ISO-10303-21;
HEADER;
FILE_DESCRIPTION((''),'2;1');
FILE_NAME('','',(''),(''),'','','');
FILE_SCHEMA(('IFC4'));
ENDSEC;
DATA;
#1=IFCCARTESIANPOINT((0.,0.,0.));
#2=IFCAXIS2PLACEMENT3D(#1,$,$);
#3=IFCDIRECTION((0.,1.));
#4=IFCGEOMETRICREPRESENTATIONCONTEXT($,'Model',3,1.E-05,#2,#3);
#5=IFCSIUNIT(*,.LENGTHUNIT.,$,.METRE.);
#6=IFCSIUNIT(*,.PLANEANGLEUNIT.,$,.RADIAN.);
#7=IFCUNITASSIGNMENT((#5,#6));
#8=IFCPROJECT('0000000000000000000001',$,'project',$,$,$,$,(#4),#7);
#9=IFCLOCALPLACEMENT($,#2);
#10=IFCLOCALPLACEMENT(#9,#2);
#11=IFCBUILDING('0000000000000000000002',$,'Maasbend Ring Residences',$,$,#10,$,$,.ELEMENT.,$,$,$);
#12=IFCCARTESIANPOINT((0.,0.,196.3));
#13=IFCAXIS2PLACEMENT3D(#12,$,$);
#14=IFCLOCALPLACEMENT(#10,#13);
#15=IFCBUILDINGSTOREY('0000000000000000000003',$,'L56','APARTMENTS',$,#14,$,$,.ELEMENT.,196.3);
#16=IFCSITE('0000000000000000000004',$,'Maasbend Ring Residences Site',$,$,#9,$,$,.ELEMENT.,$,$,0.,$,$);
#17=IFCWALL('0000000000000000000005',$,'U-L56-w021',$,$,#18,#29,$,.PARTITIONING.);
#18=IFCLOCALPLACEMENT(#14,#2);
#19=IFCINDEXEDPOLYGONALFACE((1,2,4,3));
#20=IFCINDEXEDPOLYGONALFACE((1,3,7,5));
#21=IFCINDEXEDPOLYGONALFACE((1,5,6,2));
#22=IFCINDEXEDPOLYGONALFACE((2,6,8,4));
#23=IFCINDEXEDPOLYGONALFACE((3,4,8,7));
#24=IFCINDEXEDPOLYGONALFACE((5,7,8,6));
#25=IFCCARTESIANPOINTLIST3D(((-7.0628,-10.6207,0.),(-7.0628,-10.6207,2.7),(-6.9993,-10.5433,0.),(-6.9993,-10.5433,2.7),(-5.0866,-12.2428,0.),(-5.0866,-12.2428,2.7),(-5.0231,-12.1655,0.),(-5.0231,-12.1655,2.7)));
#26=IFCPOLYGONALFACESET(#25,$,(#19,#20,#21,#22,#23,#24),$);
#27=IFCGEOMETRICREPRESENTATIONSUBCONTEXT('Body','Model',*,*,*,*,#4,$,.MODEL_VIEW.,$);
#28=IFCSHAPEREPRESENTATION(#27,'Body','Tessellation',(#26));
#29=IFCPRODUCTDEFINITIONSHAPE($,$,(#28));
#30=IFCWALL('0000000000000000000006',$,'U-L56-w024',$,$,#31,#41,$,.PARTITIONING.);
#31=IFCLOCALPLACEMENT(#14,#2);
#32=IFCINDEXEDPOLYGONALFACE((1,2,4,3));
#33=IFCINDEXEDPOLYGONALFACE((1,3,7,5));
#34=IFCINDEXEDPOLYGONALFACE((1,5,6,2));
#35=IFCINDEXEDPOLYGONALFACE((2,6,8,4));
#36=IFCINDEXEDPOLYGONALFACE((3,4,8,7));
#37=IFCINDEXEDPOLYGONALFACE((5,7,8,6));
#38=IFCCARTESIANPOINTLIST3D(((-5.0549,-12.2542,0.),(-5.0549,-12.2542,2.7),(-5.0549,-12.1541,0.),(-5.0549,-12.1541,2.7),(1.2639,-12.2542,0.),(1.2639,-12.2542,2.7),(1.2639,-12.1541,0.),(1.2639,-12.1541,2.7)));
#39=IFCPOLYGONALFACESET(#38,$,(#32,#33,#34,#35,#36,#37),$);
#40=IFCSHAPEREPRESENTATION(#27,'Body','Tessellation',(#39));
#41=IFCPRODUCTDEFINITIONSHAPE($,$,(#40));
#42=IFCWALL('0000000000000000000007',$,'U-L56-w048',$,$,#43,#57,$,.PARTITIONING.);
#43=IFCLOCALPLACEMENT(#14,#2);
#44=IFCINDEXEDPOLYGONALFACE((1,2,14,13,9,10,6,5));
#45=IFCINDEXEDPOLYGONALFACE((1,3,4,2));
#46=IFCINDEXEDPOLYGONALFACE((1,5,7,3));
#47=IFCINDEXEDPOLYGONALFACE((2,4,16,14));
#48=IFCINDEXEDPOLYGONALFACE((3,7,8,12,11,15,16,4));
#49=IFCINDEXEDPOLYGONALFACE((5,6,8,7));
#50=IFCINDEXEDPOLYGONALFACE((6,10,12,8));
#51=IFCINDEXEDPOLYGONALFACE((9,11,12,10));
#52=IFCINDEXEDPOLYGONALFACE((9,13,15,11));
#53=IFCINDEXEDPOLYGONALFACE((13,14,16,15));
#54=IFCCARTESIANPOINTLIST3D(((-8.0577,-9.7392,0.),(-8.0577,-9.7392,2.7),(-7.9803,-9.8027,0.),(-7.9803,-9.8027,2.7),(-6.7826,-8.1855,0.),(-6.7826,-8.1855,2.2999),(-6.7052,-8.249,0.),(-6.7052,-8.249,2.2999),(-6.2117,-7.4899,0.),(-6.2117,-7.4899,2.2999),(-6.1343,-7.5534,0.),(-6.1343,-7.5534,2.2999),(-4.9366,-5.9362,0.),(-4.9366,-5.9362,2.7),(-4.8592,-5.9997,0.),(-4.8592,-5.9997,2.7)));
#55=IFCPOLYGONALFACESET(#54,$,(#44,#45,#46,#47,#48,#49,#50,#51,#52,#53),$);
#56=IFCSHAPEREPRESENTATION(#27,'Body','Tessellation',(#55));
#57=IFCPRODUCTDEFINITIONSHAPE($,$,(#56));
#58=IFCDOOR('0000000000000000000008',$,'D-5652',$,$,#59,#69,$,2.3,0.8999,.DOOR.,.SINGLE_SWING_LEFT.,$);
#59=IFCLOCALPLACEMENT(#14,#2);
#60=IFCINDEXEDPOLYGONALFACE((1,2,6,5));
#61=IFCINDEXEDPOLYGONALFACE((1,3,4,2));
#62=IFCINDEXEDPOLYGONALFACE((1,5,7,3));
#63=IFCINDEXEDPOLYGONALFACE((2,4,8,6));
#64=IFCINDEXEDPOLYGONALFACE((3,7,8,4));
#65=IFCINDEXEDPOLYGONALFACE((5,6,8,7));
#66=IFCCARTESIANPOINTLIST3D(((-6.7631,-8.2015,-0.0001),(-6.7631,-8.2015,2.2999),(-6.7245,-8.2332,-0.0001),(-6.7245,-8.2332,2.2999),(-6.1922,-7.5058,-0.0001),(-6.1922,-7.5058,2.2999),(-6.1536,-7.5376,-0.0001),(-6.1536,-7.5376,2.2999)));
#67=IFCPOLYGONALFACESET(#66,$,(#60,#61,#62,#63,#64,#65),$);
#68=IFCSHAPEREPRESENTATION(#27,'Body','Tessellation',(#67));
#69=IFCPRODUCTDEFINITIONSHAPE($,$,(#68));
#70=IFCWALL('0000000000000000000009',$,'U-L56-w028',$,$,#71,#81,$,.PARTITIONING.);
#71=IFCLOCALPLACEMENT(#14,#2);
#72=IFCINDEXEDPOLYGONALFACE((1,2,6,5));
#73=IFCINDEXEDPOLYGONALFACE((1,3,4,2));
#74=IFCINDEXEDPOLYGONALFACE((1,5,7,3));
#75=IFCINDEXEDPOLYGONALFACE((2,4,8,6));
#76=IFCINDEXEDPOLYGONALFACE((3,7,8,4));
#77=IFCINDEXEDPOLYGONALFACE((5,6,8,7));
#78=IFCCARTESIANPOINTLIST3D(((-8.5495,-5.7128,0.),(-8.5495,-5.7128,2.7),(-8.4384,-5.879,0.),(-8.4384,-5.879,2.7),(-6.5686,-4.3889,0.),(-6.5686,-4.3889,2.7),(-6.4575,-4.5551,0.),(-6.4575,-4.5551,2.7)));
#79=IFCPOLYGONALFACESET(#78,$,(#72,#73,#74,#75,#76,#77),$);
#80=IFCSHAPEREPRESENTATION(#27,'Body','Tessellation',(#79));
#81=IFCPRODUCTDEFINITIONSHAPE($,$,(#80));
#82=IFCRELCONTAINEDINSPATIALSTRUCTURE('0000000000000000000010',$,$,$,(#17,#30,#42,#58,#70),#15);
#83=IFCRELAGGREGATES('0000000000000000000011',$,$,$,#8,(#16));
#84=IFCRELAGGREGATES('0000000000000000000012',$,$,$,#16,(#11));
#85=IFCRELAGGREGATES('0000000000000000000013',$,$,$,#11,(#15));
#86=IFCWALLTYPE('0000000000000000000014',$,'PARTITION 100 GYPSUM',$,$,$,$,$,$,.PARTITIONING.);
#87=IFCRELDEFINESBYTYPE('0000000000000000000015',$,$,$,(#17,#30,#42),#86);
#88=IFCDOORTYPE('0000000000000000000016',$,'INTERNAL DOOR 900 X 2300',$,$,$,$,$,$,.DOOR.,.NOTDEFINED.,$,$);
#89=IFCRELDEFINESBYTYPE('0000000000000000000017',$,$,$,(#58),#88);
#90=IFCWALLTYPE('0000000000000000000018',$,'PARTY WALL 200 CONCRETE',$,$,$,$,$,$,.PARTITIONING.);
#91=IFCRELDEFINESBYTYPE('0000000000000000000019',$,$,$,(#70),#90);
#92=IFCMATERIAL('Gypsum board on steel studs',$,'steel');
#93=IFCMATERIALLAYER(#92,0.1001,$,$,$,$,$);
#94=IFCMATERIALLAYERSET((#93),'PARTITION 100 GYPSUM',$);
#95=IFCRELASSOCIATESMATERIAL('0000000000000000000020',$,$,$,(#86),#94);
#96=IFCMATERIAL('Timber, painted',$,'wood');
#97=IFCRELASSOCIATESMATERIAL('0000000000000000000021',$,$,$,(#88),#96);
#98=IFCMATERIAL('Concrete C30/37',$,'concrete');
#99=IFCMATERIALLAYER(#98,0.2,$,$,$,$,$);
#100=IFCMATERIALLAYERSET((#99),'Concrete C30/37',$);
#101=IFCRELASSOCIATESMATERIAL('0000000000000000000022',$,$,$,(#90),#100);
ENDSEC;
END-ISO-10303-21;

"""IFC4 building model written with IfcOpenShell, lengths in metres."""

from ifc_helpers import new_model, si_unit, direction, frame, frame_2d, origin, place, context, subcontext, project, spatial, rectangle, extrude, material, layer, layer_set, type_object, element, fill, save


model = new_model("IFC4")

# Units and contexts
model_context = context("Model", 3, precision=1e-05, world=origin(), true_north=direction((0.0, 1.0)))
body_context = subcontext(model_context, "Body", "Model", "MODEL_VIEW")
ifc_project = project(units=[si_unit("LENGTHUNIT", "METRE"), si_unit("PLANEANGLEUNIT", "RADIAN")], contexts=[model_context])

# Site, building, storey
site_placement = place(None, origin())
site = spatial("IfcSite", under=ifc_project, at=site_placement, Name="Maasbend Ring Residences Site", CompositionType="ELEMENT", RefElevation=0.0)
building_placement = place(site_placement, origin())
building = spatial("IfcBuilding", under=site, at=building_placement, Name="Maasbend Ring Residences", CompositionType="ELEMENT")
storey_placement = place(building_placement, frame((0.0, 0.0, 196.3)))
storey = spatial("IfcBuildingStorey", under=building, at=storey_placement, Name="L56", Description="APARTMENTS", CompositionType="ELEMENT", Elevation=196.3)

# Walls
ifc_material_1 = material(Name="Gypsum board on steel studs", Category="steel")
ifc_layer_1 = layer(ifc_material_1, 0.1001)
ifc_layer_set_1 = layer_set([ifc_layer_1], Name="PARTITION 100 GYPSUM")
wall_type_1 = type_object("IfcWallType", Name="PARTITION 100 GYPSUM", PredefinedType="PARTITIONING", material=ifc_layer_set_1)
wall_1_placement = place(storey_placement, frame((-7.031, -10.582, 0.0), z_axis=(0.0, 0.0, 1.0), x_axis=(0.772944, -0.634475, 0.0)))
element("IfcWall", 1, at=wall_1_placement, inside=storey, type_object=wall_type_1, Name="U-L56-w021", PredefinedType="PARTITIONING", context=body_context, shape_type="SweptSolid", body=[
    extrude(rectangle(XDim=2.5566, YDim=0.1001, at=frame_2d((1.2783, 0.0))), origin(), (0.0, 0.0, 1.0), 2.7),
])
wall_2_placement = place(storey_placement, frame((-5.0549, -12.2041, 0.0), z_axis=(0.0, 0.0, 1.0), x_axis=(1.0, 0.0, 0.0)))
element("IfcWall", 2, at=wall_2_placement, inside=storey, type_object=wall_type_1, Name="U-L56-w024", PredefinedType="PARTITIONING", context=body_context, shape_type="SweptSolid", body=[
    extrude(rectangle(XDim=6.3188, YDim=0.1001, at=frame_2d((3.1594, 0.0))), origin(), (0.0, 0.0, 1.0), 2.7),
])

# Wall, opening, door
wall_3_placement = place(storey_placement, frame((-8.019, -9.771, 0.0), z_axis=(0.0, 0.0, 1.0), x_axis=(0.634402, 0.773003, 0.0)))
wall_3 = element("IfcWall", 3, at=wall_3_placement, inside=storey, type_object=wall_type_1, Name="U-L56-w048", PredefinedType="PARTITIONING", context=body_context, shape_type="SweptSolid", body=[
    extrude(rectangle(XDim=4.9197, YDim=0.1001, at=frame_2d((2.46, 0.0))), origin(), (0.0, 0.0, 1.0), 2.7),
])
opening_placement = place(wall_3_placement, frame((2.01, 0.0, 0.0)))
opening = element("IfcOpeningElement", 4, at=opening_placement, cuts=wall_3, PredefinedType="OPENING", context=body_context, shape_type="SweptSolid", body=[
    extrude(rectangle(XDim=0.8999, YDim=2.3, at=frame_2d((0.45, 1.1499))), frame((0.0, 0.0601, 0.0), z_axis=(0.0, -1.0, 0.0), x_axis=(1.0, 0.0, 0.0)), (0.0, 0.0, 1.0), 0.1201),
])
ifc_material_2 = material(Name="Timber, painted", Category="wood")
door_type = type_object("IfcDoorType", Name="INTERNAL DOOR 900 X 2300", OperationType="NOTDEFINED", PredefinedType="DOOR", material=ifc_material_2)
door_placement = place(opening_placement, origin())
door = element("IfcDoor", 5, at=door_placement, inside=storey, type_object=door_type, Name="D-5652", OperationType="SINGLE_SWING_LEFT", OverallHeight=2.3, OverallWidth=0.8999, PredefinedType="DOOR", context=body_context, shape_type="SweptSolid", body=[
    extrude(rectangle(XDim=0.8999, YDim=2.3, at=frame_2d((0.45, 1.1499))), frame((0.0, 0.0249, 0.0), z_axis=(0.0, -1.0, 0.0), x_axis=(1.0, 0.0, 0.0)), (0.0, 0.0, 1.0), 0.05),
])
fill(opening, door)

# Wall
ifc_material_3 = material(Name="Concrete C30/37", Category="concrete")
ifc_layer_2 = layer(ifc_material_3, 0.2)
ifc_layer_set_2 = layer_set([ifc_layer_2], Name="Concrete C30/37")
wall_type_2 = type_object("IfcWallType", Name="PARTY WALL 200 CONCRETE", PredefinedType="PARTITIONING", material=ifc_layer_set_2)
wall_4_placement = place(storey_placement, frame((-6.5129, -4.4719, 0.0), z_axis=(0.0, 0.0, 1.0), x_axis=(-0.831403, -0.555669, 0.0)))
element("IfcWall", 6, at=wall_4_placement, inside=storey, type_object=wall_type_2, Name="U-L56-w028", PredefinedType="PARTITIONING", context=body_context, shape_type="SweptSolid", body=[
    extrude(rectangle(XDim=2.3826, YDim=0.2, at=frame_2d((1.1914, 0.0))), origin(), (0.0, 0.0, 1.0), 2.7),
])

save(model, "model.ifc")
